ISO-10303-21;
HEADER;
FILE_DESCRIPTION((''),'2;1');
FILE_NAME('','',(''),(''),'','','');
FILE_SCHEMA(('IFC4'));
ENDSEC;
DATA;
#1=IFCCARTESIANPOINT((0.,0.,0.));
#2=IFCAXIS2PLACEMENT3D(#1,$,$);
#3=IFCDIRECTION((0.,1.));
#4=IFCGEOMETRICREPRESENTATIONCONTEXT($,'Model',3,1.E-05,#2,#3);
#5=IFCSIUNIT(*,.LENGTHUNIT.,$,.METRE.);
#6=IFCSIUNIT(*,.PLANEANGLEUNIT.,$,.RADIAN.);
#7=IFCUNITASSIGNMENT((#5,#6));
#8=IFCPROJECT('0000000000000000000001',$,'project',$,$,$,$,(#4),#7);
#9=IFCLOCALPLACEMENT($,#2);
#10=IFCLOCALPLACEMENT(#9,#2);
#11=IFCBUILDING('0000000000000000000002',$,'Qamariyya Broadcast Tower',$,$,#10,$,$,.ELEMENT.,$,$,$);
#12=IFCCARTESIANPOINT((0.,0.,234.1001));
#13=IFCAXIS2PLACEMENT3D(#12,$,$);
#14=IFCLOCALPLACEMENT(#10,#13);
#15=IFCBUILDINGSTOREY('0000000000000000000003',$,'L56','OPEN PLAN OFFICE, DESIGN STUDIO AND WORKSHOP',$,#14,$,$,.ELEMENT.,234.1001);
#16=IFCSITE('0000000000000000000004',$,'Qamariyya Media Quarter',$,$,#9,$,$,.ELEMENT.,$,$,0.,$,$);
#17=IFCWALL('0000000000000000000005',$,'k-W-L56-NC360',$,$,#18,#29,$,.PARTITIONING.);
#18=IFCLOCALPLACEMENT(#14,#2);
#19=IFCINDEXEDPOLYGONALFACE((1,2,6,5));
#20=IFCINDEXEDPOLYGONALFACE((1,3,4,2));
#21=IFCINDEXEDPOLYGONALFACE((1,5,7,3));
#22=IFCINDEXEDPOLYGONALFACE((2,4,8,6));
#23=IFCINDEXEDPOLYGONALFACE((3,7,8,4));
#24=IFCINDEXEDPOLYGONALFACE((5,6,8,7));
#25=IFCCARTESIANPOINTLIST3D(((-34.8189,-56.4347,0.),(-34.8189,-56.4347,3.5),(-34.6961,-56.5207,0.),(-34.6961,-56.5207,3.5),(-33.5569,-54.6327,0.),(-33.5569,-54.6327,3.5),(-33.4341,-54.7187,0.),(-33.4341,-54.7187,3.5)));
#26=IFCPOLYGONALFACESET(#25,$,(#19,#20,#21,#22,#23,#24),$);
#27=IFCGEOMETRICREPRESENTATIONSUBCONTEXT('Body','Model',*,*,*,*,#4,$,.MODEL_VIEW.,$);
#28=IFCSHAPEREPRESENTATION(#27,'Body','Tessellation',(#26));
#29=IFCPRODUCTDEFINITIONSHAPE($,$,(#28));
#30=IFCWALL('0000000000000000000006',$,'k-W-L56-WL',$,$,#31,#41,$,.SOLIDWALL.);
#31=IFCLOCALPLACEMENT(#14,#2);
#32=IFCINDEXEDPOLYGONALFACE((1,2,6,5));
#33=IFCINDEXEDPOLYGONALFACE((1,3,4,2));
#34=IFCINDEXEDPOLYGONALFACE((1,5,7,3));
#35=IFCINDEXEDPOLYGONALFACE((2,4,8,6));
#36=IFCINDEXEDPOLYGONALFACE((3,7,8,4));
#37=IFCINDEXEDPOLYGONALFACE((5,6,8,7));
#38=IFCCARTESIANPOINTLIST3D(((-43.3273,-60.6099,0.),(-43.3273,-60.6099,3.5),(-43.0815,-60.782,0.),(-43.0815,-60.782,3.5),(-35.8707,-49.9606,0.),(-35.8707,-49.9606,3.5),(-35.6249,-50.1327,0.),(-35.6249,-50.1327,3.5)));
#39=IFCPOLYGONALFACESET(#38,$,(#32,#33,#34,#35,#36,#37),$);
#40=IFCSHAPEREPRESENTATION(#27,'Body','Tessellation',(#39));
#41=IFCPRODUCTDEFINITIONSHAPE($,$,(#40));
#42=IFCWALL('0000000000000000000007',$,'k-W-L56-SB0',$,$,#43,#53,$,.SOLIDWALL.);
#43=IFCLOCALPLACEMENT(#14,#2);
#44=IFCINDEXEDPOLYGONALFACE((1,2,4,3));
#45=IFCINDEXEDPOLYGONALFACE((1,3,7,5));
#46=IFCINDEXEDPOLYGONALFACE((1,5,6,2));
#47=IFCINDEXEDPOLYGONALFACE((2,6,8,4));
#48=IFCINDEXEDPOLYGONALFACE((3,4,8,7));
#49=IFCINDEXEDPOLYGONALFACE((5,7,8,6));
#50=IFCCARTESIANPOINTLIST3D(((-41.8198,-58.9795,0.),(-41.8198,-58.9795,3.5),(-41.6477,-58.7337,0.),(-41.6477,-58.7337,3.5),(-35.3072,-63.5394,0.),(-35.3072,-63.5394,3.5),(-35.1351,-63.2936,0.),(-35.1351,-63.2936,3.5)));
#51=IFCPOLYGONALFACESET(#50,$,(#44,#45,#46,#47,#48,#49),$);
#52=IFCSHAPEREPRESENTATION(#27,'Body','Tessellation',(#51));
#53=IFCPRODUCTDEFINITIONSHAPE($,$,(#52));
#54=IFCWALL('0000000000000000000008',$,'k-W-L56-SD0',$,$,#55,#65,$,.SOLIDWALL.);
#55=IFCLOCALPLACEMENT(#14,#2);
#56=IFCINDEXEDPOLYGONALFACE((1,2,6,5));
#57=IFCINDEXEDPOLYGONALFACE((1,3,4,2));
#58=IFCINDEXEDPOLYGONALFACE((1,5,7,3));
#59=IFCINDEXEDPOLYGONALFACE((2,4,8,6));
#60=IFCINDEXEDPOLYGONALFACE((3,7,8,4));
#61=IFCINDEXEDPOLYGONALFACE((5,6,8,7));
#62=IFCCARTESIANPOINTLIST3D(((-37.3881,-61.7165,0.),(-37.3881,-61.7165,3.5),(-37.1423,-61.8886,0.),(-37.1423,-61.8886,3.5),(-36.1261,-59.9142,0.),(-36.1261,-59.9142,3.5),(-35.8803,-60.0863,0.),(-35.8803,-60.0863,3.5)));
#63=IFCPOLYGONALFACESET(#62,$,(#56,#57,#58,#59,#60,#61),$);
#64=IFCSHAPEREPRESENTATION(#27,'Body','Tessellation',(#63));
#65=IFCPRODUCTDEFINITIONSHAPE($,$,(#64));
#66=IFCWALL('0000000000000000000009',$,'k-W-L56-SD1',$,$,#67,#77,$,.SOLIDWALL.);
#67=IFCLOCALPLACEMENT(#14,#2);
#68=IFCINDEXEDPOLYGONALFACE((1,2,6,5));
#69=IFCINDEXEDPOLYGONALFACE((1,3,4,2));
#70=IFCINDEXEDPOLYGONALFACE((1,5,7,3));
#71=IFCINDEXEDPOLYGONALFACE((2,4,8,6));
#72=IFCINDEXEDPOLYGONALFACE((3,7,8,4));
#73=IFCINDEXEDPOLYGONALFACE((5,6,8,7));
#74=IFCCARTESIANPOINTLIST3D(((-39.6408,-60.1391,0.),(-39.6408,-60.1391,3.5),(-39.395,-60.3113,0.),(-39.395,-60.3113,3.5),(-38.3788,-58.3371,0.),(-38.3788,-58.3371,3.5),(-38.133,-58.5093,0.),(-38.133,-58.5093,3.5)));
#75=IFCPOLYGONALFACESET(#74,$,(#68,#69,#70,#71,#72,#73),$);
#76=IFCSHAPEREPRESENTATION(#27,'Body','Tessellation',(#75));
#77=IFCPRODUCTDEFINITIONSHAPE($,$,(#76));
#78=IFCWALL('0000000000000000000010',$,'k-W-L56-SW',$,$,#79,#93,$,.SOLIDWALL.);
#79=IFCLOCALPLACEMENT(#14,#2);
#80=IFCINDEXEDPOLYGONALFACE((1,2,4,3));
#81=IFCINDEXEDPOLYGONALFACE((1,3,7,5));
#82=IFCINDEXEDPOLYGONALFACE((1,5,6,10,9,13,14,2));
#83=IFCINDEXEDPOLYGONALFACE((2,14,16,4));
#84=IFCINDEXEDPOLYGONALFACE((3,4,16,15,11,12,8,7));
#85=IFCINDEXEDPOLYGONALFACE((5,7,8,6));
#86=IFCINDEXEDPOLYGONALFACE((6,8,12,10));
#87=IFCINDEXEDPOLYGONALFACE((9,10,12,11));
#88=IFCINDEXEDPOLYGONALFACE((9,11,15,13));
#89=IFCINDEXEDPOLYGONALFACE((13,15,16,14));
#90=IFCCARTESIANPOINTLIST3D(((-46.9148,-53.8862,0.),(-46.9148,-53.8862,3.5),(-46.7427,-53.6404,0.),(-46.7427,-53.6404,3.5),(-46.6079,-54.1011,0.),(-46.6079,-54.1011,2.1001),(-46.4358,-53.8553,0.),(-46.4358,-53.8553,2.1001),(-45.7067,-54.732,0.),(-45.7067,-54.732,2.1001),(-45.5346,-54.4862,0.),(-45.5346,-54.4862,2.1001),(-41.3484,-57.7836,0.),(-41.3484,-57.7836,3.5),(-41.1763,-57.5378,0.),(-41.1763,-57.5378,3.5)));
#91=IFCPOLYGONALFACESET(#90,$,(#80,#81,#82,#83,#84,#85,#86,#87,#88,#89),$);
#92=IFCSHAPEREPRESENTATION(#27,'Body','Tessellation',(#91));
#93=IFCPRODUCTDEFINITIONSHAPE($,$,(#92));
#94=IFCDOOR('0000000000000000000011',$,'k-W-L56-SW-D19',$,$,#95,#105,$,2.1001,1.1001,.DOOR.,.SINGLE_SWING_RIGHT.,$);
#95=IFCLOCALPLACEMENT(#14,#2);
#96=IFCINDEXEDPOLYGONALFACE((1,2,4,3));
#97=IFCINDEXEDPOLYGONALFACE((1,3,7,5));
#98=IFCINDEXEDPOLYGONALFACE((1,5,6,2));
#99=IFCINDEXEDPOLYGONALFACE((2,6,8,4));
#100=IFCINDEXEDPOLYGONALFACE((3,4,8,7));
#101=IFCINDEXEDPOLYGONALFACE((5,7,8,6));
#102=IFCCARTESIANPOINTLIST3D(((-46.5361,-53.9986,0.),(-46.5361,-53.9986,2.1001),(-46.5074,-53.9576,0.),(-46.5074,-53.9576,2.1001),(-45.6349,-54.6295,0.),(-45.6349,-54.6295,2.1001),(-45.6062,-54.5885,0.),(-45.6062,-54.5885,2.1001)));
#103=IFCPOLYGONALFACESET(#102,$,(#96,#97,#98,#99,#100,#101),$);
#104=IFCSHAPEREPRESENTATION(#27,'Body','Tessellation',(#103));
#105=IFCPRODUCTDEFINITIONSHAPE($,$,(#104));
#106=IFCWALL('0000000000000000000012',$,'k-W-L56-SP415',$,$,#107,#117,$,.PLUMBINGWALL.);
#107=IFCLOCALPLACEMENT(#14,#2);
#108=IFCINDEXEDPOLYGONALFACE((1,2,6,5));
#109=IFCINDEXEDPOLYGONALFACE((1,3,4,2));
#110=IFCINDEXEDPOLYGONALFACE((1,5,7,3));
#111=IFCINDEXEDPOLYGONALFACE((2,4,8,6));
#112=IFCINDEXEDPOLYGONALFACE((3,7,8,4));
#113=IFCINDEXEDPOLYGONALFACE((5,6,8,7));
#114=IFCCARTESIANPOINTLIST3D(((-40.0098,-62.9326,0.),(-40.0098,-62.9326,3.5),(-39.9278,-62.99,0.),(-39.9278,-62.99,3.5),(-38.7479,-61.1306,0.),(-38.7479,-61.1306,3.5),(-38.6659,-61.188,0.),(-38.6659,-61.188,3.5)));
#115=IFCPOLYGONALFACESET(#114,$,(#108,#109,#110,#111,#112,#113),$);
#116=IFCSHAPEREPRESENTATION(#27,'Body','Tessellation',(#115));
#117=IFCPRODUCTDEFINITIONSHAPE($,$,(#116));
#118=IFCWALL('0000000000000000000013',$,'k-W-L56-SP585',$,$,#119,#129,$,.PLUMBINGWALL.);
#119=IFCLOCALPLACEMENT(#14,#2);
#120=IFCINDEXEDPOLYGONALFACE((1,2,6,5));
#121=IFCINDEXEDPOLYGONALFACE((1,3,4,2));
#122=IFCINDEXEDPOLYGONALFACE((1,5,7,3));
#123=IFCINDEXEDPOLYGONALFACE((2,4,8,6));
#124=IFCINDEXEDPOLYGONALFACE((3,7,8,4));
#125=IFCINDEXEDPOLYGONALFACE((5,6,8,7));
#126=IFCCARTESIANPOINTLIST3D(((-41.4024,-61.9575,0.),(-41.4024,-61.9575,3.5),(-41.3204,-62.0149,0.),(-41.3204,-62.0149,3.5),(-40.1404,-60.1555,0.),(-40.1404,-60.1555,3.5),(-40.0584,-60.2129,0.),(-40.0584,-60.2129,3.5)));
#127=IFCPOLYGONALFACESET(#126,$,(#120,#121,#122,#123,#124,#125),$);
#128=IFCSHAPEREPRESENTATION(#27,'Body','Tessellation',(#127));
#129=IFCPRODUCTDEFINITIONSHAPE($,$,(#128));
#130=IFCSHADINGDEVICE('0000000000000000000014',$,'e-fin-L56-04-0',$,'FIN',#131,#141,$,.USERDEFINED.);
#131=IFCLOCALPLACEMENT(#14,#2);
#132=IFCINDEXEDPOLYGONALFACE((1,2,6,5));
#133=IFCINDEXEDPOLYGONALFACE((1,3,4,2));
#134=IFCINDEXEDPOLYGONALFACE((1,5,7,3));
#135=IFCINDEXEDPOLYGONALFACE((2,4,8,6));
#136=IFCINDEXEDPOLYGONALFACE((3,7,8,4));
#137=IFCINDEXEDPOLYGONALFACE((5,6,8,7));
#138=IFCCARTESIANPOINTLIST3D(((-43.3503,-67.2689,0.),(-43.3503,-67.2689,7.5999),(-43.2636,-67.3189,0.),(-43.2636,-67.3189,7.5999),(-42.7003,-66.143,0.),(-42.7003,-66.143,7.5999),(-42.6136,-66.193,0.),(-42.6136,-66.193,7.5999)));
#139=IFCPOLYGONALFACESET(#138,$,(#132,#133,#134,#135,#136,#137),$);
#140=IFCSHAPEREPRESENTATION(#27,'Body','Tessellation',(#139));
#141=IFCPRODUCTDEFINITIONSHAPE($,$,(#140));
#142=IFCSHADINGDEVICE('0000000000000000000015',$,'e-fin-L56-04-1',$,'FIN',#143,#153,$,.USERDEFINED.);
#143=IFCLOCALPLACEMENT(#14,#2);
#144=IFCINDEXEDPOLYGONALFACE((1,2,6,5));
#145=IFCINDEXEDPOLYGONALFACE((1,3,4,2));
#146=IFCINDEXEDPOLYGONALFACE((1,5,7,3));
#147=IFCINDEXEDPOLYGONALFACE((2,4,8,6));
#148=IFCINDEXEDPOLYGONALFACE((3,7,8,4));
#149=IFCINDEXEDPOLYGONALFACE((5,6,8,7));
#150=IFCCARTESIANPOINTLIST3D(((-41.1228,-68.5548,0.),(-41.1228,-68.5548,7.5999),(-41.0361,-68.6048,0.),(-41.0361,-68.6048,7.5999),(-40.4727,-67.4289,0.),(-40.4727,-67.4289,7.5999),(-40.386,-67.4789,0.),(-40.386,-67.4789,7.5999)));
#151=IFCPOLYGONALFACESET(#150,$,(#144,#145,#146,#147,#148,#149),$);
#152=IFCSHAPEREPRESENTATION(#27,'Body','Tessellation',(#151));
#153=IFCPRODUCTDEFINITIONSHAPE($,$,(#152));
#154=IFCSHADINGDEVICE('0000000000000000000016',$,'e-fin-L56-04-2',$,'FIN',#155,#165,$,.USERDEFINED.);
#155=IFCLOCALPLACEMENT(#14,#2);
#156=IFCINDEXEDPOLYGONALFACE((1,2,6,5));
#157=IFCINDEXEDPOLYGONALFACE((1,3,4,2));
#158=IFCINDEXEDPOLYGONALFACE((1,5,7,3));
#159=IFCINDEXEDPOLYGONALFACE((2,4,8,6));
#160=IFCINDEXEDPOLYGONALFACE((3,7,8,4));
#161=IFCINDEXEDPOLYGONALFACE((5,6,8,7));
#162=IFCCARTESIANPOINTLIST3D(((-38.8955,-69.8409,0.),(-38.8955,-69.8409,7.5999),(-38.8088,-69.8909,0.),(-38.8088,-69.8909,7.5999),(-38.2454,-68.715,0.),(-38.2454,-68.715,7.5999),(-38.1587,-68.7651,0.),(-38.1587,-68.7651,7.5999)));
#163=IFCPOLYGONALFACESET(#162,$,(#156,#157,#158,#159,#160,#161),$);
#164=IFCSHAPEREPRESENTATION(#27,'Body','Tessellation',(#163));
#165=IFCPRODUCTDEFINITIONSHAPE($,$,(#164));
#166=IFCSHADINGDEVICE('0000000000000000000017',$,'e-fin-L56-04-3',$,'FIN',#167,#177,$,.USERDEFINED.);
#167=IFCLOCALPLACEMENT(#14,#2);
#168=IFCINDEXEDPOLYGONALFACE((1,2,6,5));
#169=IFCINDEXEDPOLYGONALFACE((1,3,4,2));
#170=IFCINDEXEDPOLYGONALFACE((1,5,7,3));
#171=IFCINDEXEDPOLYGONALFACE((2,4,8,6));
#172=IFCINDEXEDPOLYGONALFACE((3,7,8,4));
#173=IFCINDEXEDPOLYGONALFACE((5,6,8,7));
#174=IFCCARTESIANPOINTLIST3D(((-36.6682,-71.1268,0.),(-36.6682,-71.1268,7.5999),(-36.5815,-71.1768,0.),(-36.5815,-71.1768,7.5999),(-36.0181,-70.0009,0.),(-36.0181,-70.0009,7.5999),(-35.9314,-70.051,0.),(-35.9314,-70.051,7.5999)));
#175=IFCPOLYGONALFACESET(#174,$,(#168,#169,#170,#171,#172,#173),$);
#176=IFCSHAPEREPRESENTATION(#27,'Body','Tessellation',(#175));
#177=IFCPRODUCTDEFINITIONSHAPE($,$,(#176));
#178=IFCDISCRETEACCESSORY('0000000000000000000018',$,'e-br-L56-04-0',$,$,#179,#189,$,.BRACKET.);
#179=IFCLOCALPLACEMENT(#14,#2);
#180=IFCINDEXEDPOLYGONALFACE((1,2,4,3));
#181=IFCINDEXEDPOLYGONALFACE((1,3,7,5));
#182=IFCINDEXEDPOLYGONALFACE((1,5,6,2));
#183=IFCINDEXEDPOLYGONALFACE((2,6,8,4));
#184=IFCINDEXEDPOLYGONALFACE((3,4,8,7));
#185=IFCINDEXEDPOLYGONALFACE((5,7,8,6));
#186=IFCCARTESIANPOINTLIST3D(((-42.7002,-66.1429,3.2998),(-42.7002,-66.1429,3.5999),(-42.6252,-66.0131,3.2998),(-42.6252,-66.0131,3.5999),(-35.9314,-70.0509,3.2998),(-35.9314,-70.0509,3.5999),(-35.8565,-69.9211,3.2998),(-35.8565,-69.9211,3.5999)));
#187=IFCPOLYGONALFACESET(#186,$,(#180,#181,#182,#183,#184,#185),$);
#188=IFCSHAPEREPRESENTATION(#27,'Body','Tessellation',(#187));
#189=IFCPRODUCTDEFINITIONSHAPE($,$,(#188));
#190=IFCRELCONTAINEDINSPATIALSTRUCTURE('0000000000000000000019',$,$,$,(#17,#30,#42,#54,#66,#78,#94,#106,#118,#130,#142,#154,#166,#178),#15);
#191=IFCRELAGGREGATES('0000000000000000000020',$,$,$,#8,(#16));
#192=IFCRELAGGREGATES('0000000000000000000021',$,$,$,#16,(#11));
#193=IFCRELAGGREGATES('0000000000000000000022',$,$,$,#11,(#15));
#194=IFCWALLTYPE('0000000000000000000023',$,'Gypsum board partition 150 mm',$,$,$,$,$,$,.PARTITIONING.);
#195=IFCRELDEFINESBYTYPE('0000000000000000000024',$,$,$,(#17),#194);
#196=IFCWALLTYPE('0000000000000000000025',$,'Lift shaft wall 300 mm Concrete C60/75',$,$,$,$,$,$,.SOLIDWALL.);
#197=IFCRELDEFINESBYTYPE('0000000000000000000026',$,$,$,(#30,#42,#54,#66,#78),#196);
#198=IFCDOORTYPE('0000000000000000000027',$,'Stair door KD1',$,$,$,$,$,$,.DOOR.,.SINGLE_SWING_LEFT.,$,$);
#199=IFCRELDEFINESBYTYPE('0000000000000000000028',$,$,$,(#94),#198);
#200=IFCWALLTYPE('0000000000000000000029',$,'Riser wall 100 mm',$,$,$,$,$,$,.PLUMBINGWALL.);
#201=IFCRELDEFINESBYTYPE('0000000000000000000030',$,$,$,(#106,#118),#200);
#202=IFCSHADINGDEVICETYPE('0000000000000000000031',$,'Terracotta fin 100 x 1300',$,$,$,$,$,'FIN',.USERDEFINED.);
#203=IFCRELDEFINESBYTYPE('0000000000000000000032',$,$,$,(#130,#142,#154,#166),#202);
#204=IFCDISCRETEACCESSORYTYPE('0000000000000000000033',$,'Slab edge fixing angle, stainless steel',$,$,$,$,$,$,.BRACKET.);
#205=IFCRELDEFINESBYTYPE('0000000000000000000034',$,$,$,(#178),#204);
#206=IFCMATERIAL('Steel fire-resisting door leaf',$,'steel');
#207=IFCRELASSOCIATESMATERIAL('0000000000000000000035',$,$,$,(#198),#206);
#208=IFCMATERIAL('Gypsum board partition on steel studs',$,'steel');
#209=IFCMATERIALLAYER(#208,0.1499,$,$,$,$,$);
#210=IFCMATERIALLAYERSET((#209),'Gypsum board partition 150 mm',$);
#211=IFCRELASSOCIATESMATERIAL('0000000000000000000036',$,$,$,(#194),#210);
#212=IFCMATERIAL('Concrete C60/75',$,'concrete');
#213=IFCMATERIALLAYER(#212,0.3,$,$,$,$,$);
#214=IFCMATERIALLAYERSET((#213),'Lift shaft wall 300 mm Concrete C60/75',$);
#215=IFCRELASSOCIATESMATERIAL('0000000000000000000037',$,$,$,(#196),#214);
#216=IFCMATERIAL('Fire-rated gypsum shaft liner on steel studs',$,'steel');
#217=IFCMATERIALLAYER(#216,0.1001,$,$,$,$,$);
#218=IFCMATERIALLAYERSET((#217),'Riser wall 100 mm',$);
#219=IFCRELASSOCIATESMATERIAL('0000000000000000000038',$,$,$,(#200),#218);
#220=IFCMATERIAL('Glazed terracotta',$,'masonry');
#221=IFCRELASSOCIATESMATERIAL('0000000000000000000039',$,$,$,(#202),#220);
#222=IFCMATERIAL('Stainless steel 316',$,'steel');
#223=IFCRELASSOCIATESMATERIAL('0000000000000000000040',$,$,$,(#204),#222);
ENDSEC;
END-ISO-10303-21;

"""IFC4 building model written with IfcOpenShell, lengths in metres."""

from ifc_helpers import new_model, si_unit, direction, frame, frame_2d, origin, origin_2d, place, context, subcontext, project, spatial, rectangle, extrude, material, layer, layer_set, material_profile, profile_set, type_object, element, fill, save


model = new_model("IFC4")

# Units and contexts
model_context = context("Model", 3, precision=1e-05, world=origin(), true_north=direction((0.0, 1.0)))
body_context = subcontext(model_context, "Body", "Model", "MODEL_VIEW")
ifc_project = project(units=[si_unit("LENGTHUNIT", "METRE"), si_unit("PLANEANGLEUNIT", "RADIAN")], contexts=[model_context])

# Site, building, storey
site_placement = place(None, origin())
site = spatial("IfcSite", under=ifc_project, at=site_placement, Name="Qamariyya Media Quarter", CompositionType="ELEMENT", RefElevation=0.0)
building_placement = place(site_placement, origin())
building = spatial("IfcBuilding", under=site, at=building_placement, Name="Qamariyya Broadcast Tower", CompositionType="ELEMENT")
storey_placement = place(building_placement, frame((0.0, 0.0, 234.1001)))
storey = spatial("IfcBuildingStorey", under=building, at=storey_placement, Name="L56", Description="OPEN PLAN OFFICE, DESIGN STUDIO AND WORKSHOP", CompositionType="ELEMENT", Elevation=234.1001)

# Shared definitions
ifc_material_1 = material(Name="Concrete C60/75", Category="concrete")

# Shared definitions
ifc_material_2 = material(Name="Steel fire-resisting door leaf", Category="steel")

# Shared definitions
door_type_1 = type_object("IfcDoorType", Name="Stair door KD1", OperationType="SINGLE_SWING_LEFT", PredefinedType="DOOR", material=ifc_material_2)

# Walls
ifc_material_3 = material(Name="Gypsum board partition on steel studs", Category="steel")
ifc_layer_1 = layer(ifc_material_3, 0.1499)
ifc_layer_set_1 = layer_set([ifc_layer_1], Name="Gypsum board partition 150 mm")
wall_type_1 = type_object("IfcWallType", Name="Gypsum board partition 150 mm", PredefinedType="PARTITIONING", material=ifc_layer_set_1)
wall_1_placement = place(storey_placement, frame((-34.7576, -56.4778, 0.0), z_axis=(0.0, 0.0, 1.0), x_axis=(0.573634, 0.819112, 0.0)))
element("IfcWall", 1, at=wall_1_placement, inside=storey, type_object=wall_type_1, Name="k-W-L56-NC360", PredefinedType="PARTITIONING", context=body_context, shape_type="SweptSolid", body=[
    extrude(rectangle(XDim=2.2, YDim=0.1499, at=frame_2d((1.1001, 0.0))), origin(), (0.0, 0.0, 1.0), 3.5),
])
ifc_layer_2 = layer(ifc_material_1, 0.3)
ifc_layer_set_2 = layer_set([ifc_layer_2], Name="Lift shaft wall 300 mm Concrete C60/75")
wall_type_2 = type_object("IfcWallType", Name="Lift shaft wall 300 mm Concrete C60/75", PredefinedType="SOLIDWALL", material=ifc_layer_set_2)
wall_2_placement = place(storey_placement, frame((-43.2043, -60.6958, 0.0), z_axis=(0.0, 0.0, 1.0), x_axis=(0.573572, 0.819155, 0.0)))
element("IfcWall", 2, at=wall_2_placement, inside=storey, type_object=wall_type_2, Name="k-W-L56-WL", PredefinedType="SOLIDWALL", context=body_context, shape_type="SweptSolid", body=[
    extrude(rectangle(XDim=13.0002, YDim=0.3, at=frame_2d((6.5, 0.0))), origin(), (0.0, 0.0, 1.0), 3.5),
])
wall_3_placement = place(storey_placement, frame((-35.2212, -63.4165, 0.0), z_axis=(0.0, 0.0, 1.0), x_axis=(-0.819167, 0.573555, 0.0)))
element("IfcWall", 3, at=wall_3_placement, inside=storey, type_object=wall_type_2, Name="k-W-L56-SB0", PredefinedType="SOLIDWALL", context=body_context, shape_type="SweptSolid", body=[
    extrude(rectangle(XDim=7.9502, YDim=0.3, at=frame_2d((3.9751, 0.0))), origin(), (0.0, 0.0, 1.0), 3.5),
])
wall_4_placement = place(storey_placement, frame((-36.0032, -60.0002, 0.0), z_axis=(0.0, 0.0, 1.0), x_axis=(-0.573581, -0.819149, 0.0)))
element("IfcWall", 4, at=wall_4_placement, inside=storey, type_object=wall_type_2, Name="k-W-L56-SD0", PredefinedType="SOLIDWALL", context=body_context, shape_type="SweptSolid", body=[
    extrude(rectangle(XDim=2.2002, YDim=0.3, at=frame_2d((1.1001, 0.0))), origin(), (0.0, 0.0, 1.0), 3.5),
])
wall_5_placement = place(storey_placement, frame((-38.2559, -58.4231, 0.0), z_axis=(0.0, 0.0, 1.0), x_axis=(-0.573634, -0.819112, 0.0)))
element("IfcWall", 5, at=wall_5_placement, inside=storey, type_object=wall_type_2, Name="k-W-L56-SD1", PredefinedType="SOLIDWALL", context=body_context, shape_type="SweptSolid", body=[
    extrude(rectangle(XDim=2.2, YDim=0.3, at=frame_2d((1.1001, 0.0))), origin(), (0.0, 0.0, 1.0), 3.5),
])

# Wall, opening, door
wall_6_placement = place(storey_placement, frame((-41.2625, -57.6606, 0.0), z_axis=(0.0, 0.0, 1.0), x_axis=(-0.819164, 0.573559, 0.0)))
wall_6 = element("IfcWall", 6, at=wall_6_placement, inside=storey, type_object=wall_type_2, Name="k-W-L56-SW", PredefinedType="SOLIDWALL", context=body_context, shape_type="SweptSolid", body=[
    extrude(rectangle(XDim=6.7952, YDim=0.3, at=frame_2d((3.3975, 0.0))), origin(), (0.0, 0.0, 1.0), 3.5),
])
opening_1_placement = place(wall_6_placement, frame((5.3203, 0.0, 0.0)))
opening_1 = element("IfcOpeningElement", 7, at=opening_1_placement, cuts=wall_6, PredefinedType="OPENING", context=body_context, shape_type="SweptSolid", body=[
    extrude(rectangle(XDim=1.1001, YDim=2.1001, at=frame_2d((0.55, 1.05))), frame((0.0, 0.1599, 0.0), z_axis=(0.0, -1.0, 0.0), x_axis=(1.0, 0.0, 0.0)), (0.0, 0.0, 1.0), 0.3201),
])
door_1_placement = place(opening_1_placement, origin())
door_1 = element("IfcDoor", 8, at=door_1_placement, inside=storey, type_object=door_type_1, Name="k-W-L56-SW-D19", OperationType="SINGLE_SWING_RIGHT", OverallHeight=2.1001, OverallWidth=1.1001, PredefinedType="DOOR", context=body_context, shape_type="SweptSolid", body=[
    extrude(rectangle(XDim=1.1001, YDim=2.1001, at=frame_2d((0.55, 1.05))), frame((0.0, 0.0249, 0.0), z_axis=(0.0, -1.0, 0.0), x_axis=(1.0, 0.0, 0.0)), (0.0, 0.0, 1.0), 0.05),
])
fill(opening_1, door_1)

# Walls
ifc_material_4 = material(Name="Fire-rated gypsum shaft liner on steel studs", Category="steel")
ifc_layer_3 = layer(ifc_material_4, 0.1001)
ifc_layer_set_3 = layer_set([ifc_layer_3], Name="Riser wall 100 mm")
wall_type_3 = type_object("IfcWallType", Name="Riser wall 100 mm", PredefinedType="PLUMBINGWALL", material=ifc_layer_set_3)
for number, where, z_axis, x_axis, name in (
    (9, (-38.7068, -61.1592, 0.0), (0.0, 0.0, 1.0), (-0.573634, -0.819112, 0.0), "k-W-L56-SP415"),
    (10, (-40.0994, -60.1841, 0.0), (0.0, 0.0, 1.0), (-0.573634, -0.819112, 0.0), "k-W-L56-SP585"),
):
    element("IfcWall", number, at=place(storey_placement, frame(where, z_axis=z_axis, x_axis=x_axis)), inside=storey, type_object=wall_type_3, Name=name, PredefinedType="PLUMBINGWALL", context=body_context, shape_type="SweptSolid", body=[
        extrude(rectangle(XDim=2.2, YDim=0.1001, at=frame_2d((1.1001, 0.0))), origin(), (0.0, 0.0, 1.0), 3.5),
    ])

# Shading devices
ifc_material_5 = material(Name="Glazed terracotta", Category="masonry")
ifc_material_profile_1 = material_profile(ifc_material_5, rectangle(XDim=1.3, YDim=0.1001, at=origin_2d()))
ifc_profile_set_1 = profile_set([ifc_material_profile_1], Name="Glazed terracotta")
shading_device_type = type_object("IfcShadingDeviceType", Name="Terracotta fin 100 x 1300", ElementType="FIN", PredefinedType="USERDEFINED", material=ifc_profile_set_1)
for number, where, z_axis, x_axis, name in (
    (11, (-42.9819, -66.731, 0.0), (0.0, 0.0, 1.0), (-0.5, -0.866025, 0.0), "e-fin-L56-04-0"),
    (12, (-40.7544, -68.0168, 0.0), (0.0, 0.0, 1.0), (-0.5, -0.866025, 0.0), "e-fin-L56-04-1"),
    (13, (-38.5271, -69.303, 0.0), (0.0, 0.0, 1.0), (-0.5, -0.866025, 0.0), "e-fin-L56-04-2"),
    (14, (-36.2998, -70.5889, 0.0), (0.0, 0.0, 1.0), (-0.5, -0.866025, 0.0), "e-fin-L56-04-3"),
):
    element("IfcShadingDevice", number, at=place(storey_placement, frame(where, z_axis=z_axis, x_axis=x_axis)), inside=storey, type_object=shading_device_type, Name=name, ObjectType="FIN", PredefinedType="USERDEFINED", context=body_context, shape_type="SweptSolid", body=[
        extrude(rectangle(XDim=1.3, YDim=0.1001, at=origin_2d()), origin(), (0.0, 0.0, 1.0), 7.5999),
    ])

# Discrete accessory
ifc_material_6 = material(Name="Stainless steel 316", Category="steel")
discrete_accessory_type = type_object("IfcDiscreteAccessoryType", Name="Slab edge fixing angle, stainless steel", PredefinedType="BRACKET", material=ifc_material_6)
discrete_accessory_placement = place(storey_placement, frame((-39.2783, -68.032, 3.2998), z_axis=(0.0, 0.0, 1.0), x_axis=(0.866025, -0.5, 0.0)))
element("IfcDiscreteAccessory", 15, at=discrete_accessory_placement, inside=storey, type_object=discrete_accessory_type, Name="e-br-L56-04-0", PredefinedType="BRACKET", context=body_context, shape_type="SweptSolid", body=[
    extrude(rectangle(XDim=7.8159, YDim=0.1499, at=origin_2d()), origin(), (0.0, 0.0, 1.0), 0.3),
])

save(model, "model.ifc")
